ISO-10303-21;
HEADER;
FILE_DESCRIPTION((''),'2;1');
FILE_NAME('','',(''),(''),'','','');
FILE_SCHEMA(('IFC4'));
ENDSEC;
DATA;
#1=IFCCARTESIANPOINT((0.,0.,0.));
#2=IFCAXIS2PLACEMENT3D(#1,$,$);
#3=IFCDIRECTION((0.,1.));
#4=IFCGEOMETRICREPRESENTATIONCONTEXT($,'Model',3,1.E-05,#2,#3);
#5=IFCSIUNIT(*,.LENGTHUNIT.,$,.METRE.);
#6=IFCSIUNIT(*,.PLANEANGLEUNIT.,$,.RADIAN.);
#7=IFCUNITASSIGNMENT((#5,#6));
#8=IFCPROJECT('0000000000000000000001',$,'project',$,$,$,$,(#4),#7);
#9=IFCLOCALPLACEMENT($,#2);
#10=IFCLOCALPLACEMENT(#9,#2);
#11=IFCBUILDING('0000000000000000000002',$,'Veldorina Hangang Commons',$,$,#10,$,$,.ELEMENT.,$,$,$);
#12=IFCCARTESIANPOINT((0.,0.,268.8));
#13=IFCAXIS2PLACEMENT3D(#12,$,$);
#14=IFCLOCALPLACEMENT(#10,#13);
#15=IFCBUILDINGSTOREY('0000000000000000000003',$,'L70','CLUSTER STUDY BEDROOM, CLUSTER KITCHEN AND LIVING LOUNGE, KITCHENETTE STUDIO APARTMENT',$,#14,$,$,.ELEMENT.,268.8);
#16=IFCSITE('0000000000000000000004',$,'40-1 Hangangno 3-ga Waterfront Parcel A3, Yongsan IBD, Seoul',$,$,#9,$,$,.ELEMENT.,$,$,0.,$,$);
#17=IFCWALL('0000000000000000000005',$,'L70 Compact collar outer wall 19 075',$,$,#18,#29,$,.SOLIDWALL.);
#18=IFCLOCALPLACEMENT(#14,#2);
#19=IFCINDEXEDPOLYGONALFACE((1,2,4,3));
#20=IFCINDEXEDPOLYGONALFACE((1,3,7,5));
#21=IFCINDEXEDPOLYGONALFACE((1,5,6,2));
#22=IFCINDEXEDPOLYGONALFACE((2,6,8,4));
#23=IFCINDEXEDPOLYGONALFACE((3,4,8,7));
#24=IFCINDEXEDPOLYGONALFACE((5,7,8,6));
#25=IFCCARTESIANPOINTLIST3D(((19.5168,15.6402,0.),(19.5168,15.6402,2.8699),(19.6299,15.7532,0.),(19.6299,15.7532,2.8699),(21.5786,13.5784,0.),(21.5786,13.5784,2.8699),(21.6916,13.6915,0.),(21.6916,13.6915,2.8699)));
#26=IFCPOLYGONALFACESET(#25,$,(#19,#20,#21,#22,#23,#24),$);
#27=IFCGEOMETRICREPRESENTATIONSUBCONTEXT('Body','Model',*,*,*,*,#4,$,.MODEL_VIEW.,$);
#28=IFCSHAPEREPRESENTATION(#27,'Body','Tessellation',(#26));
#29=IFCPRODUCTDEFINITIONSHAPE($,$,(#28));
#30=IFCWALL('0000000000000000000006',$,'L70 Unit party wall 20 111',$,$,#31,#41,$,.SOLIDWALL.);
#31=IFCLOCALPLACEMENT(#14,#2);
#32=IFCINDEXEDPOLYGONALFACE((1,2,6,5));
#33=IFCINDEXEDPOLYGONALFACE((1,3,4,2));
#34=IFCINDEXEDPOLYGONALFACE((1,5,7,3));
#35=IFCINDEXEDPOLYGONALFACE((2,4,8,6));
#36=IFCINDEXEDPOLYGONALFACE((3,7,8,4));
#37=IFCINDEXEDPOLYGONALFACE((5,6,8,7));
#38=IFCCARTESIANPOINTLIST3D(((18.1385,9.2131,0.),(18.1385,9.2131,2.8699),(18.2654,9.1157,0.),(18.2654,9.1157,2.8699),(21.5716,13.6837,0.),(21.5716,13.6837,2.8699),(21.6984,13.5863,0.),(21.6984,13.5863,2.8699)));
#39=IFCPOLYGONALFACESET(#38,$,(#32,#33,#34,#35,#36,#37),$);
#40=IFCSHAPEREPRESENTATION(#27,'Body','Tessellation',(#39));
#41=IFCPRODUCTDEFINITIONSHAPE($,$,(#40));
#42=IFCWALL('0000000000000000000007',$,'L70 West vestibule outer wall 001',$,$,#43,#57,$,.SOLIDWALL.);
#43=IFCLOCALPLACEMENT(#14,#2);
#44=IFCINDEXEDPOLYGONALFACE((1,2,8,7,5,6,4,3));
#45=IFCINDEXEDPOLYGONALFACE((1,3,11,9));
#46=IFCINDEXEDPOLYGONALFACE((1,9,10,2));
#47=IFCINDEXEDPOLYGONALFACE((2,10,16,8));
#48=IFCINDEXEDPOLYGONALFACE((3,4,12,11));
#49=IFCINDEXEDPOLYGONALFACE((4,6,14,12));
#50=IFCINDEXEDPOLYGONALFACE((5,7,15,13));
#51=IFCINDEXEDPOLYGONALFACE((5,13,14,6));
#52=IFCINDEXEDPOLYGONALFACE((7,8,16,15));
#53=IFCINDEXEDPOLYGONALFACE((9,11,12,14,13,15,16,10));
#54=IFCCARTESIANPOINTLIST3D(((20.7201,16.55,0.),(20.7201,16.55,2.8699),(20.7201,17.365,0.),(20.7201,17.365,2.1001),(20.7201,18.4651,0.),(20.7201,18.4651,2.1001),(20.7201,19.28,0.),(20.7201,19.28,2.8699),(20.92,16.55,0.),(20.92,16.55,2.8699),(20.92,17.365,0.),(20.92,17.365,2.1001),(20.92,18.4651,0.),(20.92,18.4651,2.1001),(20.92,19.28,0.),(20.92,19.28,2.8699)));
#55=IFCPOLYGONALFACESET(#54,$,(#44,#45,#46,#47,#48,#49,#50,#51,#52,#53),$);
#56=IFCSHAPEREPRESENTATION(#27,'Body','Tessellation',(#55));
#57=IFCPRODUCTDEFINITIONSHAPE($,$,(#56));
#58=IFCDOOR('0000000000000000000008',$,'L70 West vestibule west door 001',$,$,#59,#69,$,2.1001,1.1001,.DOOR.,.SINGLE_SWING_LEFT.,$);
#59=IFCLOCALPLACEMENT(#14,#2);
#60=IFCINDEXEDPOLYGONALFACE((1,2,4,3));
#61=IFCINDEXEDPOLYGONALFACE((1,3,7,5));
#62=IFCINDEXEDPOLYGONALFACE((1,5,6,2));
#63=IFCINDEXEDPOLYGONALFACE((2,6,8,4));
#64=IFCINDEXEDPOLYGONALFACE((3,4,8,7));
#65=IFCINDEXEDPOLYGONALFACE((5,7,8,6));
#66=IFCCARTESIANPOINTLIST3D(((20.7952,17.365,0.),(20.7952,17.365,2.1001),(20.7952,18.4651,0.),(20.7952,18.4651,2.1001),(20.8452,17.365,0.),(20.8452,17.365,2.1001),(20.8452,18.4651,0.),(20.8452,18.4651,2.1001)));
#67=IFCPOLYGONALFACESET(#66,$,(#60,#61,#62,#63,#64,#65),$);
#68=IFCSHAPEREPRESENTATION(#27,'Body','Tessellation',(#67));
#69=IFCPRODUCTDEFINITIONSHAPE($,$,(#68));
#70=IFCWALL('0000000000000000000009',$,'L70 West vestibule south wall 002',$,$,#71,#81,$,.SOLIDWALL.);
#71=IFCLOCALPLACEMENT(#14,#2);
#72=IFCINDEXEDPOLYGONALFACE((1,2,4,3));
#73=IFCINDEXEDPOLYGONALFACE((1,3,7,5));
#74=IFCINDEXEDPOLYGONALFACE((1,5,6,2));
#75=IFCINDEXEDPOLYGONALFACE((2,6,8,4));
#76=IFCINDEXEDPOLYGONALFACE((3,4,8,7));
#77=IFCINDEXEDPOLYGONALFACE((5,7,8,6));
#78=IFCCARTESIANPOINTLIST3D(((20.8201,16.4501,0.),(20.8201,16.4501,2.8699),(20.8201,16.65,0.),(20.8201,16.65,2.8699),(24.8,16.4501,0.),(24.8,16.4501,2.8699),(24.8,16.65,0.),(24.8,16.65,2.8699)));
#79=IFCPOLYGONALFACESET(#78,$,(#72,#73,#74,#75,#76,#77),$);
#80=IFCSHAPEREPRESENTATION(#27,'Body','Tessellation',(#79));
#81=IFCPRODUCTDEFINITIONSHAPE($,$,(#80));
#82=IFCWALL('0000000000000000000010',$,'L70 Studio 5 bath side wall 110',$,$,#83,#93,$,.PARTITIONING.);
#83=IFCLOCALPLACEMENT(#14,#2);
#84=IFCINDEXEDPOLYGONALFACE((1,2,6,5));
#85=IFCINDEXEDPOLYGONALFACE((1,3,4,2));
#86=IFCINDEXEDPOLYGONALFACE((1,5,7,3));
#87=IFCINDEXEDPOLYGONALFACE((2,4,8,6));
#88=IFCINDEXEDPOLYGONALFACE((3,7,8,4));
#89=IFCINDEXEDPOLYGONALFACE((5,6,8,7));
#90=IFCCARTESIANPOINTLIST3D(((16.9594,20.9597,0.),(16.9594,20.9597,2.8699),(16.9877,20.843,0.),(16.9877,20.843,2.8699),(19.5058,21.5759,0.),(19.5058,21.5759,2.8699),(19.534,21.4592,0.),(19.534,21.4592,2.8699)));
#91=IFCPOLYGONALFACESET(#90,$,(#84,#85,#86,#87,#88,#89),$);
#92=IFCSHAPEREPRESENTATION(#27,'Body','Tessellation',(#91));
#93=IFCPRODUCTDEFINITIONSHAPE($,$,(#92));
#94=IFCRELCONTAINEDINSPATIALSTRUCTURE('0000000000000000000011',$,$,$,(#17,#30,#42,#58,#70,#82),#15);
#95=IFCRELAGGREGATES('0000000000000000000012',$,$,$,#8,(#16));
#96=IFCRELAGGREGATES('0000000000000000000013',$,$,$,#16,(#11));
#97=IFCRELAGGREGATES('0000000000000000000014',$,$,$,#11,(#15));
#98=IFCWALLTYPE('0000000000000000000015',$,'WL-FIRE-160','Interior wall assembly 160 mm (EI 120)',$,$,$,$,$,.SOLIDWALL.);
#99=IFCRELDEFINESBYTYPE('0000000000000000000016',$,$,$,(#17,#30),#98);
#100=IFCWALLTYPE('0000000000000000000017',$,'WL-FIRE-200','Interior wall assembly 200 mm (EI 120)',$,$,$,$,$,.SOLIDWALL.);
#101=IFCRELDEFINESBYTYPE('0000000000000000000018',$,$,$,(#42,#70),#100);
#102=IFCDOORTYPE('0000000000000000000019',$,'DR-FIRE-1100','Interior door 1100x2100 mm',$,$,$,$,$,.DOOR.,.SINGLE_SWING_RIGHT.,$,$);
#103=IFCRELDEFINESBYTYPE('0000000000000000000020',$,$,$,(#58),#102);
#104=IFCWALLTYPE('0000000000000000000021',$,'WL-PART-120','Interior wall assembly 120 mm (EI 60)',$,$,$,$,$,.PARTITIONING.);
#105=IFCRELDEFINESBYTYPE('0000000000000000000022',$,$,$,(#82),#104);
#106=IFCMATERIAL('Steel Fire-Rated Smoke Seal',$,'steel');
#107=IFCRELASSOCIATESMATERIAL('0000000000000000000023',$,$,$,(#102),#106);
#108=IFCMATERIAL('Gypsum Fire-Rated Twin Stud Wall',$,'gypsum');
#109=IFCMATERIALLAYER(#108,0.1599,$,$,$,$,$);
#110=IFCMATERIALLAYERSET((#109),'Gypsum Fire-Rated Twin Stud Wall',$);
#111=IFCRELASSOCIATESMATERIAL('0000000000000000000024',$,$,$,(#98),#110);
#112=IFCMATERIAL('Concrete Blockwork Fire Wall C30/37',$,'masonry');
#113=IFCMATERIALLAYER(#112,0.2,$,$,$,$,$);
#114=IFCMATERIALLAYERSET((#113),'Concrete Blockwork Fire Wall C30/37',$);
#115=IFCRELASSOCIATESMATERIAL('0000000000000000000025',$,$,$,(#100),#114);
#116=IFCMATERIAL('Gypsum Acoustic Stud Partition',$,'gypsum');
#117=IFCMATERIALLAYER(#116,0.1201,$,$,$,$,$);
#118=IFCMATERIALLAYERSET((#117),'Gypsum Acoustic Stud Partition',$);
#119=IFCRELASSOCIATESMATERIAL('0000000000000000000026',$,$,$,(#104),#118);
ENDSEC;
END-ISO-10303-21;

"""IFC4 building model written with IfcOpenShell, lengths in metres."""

from ifc_helpers import new_model, si_unit, direction, frame, frame_2d, origin, place, context, subcontext, project, spatial, rectangle, extrude, material, layer, layer_set, type_object, element, fill, save


model = new_model("IFC4")

# Units and contexts
model_context = context("Model", 3, precision=1e-05, world=origin(), true_north=direction((0.0, 1.0)))
body_context = subcontext(model_context, "Body", "Model", "MODEL_VIEW")
ifc_project = project(units=[si_unit("LENGTHUNIT", "METRE"), si_unit("PLANEANGLEUNIT", "RADIAN")], contexts=[model_context])

# Site, building, storey
site_placement = place(None, origin())
site = spatial("IfcSite", under=ifc_project, at=site_placement, Name="40-1 Hangangno 3-ga Waterfront Parcel A3, Yongsan IBD, Seoul", CompositionType="ELEMENT", RefElevation=0.0)
building_placement = place(site_placement, origin())
building = spatial("IfcBuilding", under=site, at=building_placement, Name="Veldorina Hangang Commons", CompositionType="ELEMENT")
storey_placement = place(building_placement, frame((0.0, 0.0, 268.8)))
storey = spatial("IfcBuildingStorey", under=building, at=storey_placement, Name="L70", Description="CLUSTER STUDY BEDROOM, CLUSTER KITCHEN AND LIVING LOUNGE, KITCHENETTE STUDIO APARTMENT", CompositionType="ELEMENT", Elevation=268.8)

# Shared definitions
ifc_material_1 = material(Name="Steel Fire-Rated Smoke Seal", Category="steel")
door_type_1 = type_object("IfcDoorType", Name="DR-FIRE-1100", Description="Interior door 1100x2100 mm", OperationType="SINGLE_SWING_RIGHT", PredefinedType="DOOR", material=ifc_material_1)
ifc_material_2 = material(Name="Gypsum Fire-Rated Twin Stud Wall", Category="gypsum")
ifc_layer_1 = layer(ifc_material_2, 0.1599)
ifc_layer_set_1 = layer_set([ifc_layer_1], Name="Gypsum Fire-Rated Twin Stud Wall")
wall_type_1 = type_object("IfcWallType", Name="WL-FIRE-160", Description="Interior wall assembly 160 mm (EI 120)", PredefinedType="SOLIDWALL", material=ifc_layer_set_1)

# Walls
wall_1_placement = place(storey_placement, frame((19.5732, 15.6968, 0.0), z_axis=(0.0, 0.0, 1.0), x_axis=(0.707107, -0.707107, 0.0)))
element("IfcWall", 1, at=wall_1_placement, inside=storey, type_object=wall_type_1, Name="L70 Compact collar outer wall 19 075", PredefinedType="SOLIDWALL", context=body_context, shape_type="SweptSolid", body=[
    extrude(rectangle(XDim=2.9158, YDim=0.1599, at=frame_2d((1.458, 0.0))), origin(), (0.0, 0.0, 1.0), 2.8699),
])
wall_2_placement = place(storey_placement, frame((21.635, 13.635, 0.0), z_axis=(0.0, 0.0, 1.0), x_axis=(-0.609053, -0.793129, 0.0)))
element("IfcWall", 2, at=wall_2_placement, inside=storey, type_object=wall_type_1, Name="L70 Unit party wall 20 111", PredefinedType="SOLIDWALL", context=body_context, shape_type="SweptSolid", body=[
    extrude(rectangle(XDim=5.6367, YDim=0.1599, at=frame_2d((2.8184, 0.0))), origin(), (0.0, 0.0, 1.0), 2.8699),
])

# Wall, opening, door
ifc_material_3 = material(Name="Concrete Blockwork Fire Wall C30/37", Category="masonry")
ifc_layer_2 = layer(ifc_material_3, 0.2)
ifc_layer_set_2 = layer_set([ifc_layer_2], Name="Concrete Blockwork Fire Wall C30/37")
wall_type_2 = type_object("IfcWallType", Name="WL-FIRE-200", Description="Interior wall assembly 200 mm (EI 120)", PredefinedType="SOLIDWALL", material=ifc_layer_set_2)
wall_3_placement = place(storey_placement, frame((20.8201, 16.55, 0.0), z_axis=(0.0, 0.0, 1.0), x_axis=(0.0, 1.0, 0.0)))
wall_3 = element("IfcWall", 3, at=wall_3_placement, inside=storey, type_object=wall_type_2, Name="L70 West vestibule outer wall 001", PredefinedType="SOLIDWALL", context=body_context, shape_type="SweptSolid", body=[
    extrude(rectangle(XDim=2.73, YDim=0.2, at=frame_2d((1.365, 0.0))), origin(), (0.0, 0.0, 1.0), 2.8699),
])
opening_1_placement = place(wall_3_placement, frame((0.8149, 0.0, 0.0)))
opening_1 = element("IfcOpeningElement", 4, at=opening_1_placement, cuts=wall_3, PredefinedType="OPENING", context=body_context, shape_type="SweptSolid", body=[
    extrude(rectangle(XDim=1.1001, YDim=2.1001, at=frame_2d((0.55, 1.05))), frame((0.0, 0.1099, 0.0), z_axis=(0.0, -1.0, 0.0), x_axis=(1.0, 0.0, 0.0)), (0.0, 0.0, 1.0), 0.22),
])
door_1_placement = place(opening_1_placement, origin())
door_1 = element("IfcDoor", 5, at=door_1_placement, inside=storey, type_object=door_type_1, Name="L70 West vestibule west door 001", OperationType="SINGLE_SWING_LEFT", OverallHeight=2.1001, OverallWidth=1.1001, PredefinedType="DOOR", context=body_context, shape_type="SweptSolid", body=[
    extrude(rectangle(XDim=1.1001, YDim=2.1001, at=frame_2d((0.55, 1.05))), frame((0.0, 0.0249, 0.0), z_axis=(0.0, -1.0, 0.0), x_axis=(1.0, 0.0, 0.0)), (0.0, 0.0, 1.0), 0.05),
])
fill(opening_1, door_1)

# Walls
wall_4_placement = place(storey_placement, frame((20.8201, 16.55, 0.0), z_axis=(0.0, 0.0, 1.0), x_axis=(1.0, 0.0, 0.0)))
element("IfcWall", 6, at=wall_4_placement, inside=storey, type_object=wall_type_2, Name="L70 West vestibule south wall 002", PredefinedType="SOLIDWALL", context=body_context, shape_type="SweptSolid", body=[
    extrude(rectangle(XDim=3.98, YDim=0.2, at=frame_2d((1.99, 0.0))), origin(), (0.0, 0.0, 1.0), 2.8699),
])
ifc_material_4 = material(Name="Gypsum Acoustic Stud Partition", Category="gypsum")
ifc_layer_3 = layer(ifc_material_4, 0.1201)
ifc_layer_set_3 = layer_set([ifc_layer_3], Name="Gypsum Acoustic Stud Partition")
wall_type_3 = type_object("IfcWallType", Name="WL-PART-120", Description="Interior wall assembly 120 mm (EI 60)", PredefinedType="PARTITIONING", material=ifc_layer_set_3)
wall_5_placement = place(storey_placement, frame((19.52, 21.5176, 0.0), z_axis=(0.0, 0.0, 1.0), x_axis=(-0.971946, -0.235205, 0.0)))
element("IfcWall", 7, at=wall_5_placement, inside=storey, type_object=wall_type_3, Name="L70 Studio 5 bath side wall 110", PredefinedType="PARTITIONING", context=body_context, shape_type="SweptSolid", body=[
    extrude(rectangle(XDim=2.6199, YDim=0.1201, at=frame_2d((1.3101, 0.0))), origin(), (0.0, 0.0, 1.0), 2.8699),
])

save(model, "model.ifc")
